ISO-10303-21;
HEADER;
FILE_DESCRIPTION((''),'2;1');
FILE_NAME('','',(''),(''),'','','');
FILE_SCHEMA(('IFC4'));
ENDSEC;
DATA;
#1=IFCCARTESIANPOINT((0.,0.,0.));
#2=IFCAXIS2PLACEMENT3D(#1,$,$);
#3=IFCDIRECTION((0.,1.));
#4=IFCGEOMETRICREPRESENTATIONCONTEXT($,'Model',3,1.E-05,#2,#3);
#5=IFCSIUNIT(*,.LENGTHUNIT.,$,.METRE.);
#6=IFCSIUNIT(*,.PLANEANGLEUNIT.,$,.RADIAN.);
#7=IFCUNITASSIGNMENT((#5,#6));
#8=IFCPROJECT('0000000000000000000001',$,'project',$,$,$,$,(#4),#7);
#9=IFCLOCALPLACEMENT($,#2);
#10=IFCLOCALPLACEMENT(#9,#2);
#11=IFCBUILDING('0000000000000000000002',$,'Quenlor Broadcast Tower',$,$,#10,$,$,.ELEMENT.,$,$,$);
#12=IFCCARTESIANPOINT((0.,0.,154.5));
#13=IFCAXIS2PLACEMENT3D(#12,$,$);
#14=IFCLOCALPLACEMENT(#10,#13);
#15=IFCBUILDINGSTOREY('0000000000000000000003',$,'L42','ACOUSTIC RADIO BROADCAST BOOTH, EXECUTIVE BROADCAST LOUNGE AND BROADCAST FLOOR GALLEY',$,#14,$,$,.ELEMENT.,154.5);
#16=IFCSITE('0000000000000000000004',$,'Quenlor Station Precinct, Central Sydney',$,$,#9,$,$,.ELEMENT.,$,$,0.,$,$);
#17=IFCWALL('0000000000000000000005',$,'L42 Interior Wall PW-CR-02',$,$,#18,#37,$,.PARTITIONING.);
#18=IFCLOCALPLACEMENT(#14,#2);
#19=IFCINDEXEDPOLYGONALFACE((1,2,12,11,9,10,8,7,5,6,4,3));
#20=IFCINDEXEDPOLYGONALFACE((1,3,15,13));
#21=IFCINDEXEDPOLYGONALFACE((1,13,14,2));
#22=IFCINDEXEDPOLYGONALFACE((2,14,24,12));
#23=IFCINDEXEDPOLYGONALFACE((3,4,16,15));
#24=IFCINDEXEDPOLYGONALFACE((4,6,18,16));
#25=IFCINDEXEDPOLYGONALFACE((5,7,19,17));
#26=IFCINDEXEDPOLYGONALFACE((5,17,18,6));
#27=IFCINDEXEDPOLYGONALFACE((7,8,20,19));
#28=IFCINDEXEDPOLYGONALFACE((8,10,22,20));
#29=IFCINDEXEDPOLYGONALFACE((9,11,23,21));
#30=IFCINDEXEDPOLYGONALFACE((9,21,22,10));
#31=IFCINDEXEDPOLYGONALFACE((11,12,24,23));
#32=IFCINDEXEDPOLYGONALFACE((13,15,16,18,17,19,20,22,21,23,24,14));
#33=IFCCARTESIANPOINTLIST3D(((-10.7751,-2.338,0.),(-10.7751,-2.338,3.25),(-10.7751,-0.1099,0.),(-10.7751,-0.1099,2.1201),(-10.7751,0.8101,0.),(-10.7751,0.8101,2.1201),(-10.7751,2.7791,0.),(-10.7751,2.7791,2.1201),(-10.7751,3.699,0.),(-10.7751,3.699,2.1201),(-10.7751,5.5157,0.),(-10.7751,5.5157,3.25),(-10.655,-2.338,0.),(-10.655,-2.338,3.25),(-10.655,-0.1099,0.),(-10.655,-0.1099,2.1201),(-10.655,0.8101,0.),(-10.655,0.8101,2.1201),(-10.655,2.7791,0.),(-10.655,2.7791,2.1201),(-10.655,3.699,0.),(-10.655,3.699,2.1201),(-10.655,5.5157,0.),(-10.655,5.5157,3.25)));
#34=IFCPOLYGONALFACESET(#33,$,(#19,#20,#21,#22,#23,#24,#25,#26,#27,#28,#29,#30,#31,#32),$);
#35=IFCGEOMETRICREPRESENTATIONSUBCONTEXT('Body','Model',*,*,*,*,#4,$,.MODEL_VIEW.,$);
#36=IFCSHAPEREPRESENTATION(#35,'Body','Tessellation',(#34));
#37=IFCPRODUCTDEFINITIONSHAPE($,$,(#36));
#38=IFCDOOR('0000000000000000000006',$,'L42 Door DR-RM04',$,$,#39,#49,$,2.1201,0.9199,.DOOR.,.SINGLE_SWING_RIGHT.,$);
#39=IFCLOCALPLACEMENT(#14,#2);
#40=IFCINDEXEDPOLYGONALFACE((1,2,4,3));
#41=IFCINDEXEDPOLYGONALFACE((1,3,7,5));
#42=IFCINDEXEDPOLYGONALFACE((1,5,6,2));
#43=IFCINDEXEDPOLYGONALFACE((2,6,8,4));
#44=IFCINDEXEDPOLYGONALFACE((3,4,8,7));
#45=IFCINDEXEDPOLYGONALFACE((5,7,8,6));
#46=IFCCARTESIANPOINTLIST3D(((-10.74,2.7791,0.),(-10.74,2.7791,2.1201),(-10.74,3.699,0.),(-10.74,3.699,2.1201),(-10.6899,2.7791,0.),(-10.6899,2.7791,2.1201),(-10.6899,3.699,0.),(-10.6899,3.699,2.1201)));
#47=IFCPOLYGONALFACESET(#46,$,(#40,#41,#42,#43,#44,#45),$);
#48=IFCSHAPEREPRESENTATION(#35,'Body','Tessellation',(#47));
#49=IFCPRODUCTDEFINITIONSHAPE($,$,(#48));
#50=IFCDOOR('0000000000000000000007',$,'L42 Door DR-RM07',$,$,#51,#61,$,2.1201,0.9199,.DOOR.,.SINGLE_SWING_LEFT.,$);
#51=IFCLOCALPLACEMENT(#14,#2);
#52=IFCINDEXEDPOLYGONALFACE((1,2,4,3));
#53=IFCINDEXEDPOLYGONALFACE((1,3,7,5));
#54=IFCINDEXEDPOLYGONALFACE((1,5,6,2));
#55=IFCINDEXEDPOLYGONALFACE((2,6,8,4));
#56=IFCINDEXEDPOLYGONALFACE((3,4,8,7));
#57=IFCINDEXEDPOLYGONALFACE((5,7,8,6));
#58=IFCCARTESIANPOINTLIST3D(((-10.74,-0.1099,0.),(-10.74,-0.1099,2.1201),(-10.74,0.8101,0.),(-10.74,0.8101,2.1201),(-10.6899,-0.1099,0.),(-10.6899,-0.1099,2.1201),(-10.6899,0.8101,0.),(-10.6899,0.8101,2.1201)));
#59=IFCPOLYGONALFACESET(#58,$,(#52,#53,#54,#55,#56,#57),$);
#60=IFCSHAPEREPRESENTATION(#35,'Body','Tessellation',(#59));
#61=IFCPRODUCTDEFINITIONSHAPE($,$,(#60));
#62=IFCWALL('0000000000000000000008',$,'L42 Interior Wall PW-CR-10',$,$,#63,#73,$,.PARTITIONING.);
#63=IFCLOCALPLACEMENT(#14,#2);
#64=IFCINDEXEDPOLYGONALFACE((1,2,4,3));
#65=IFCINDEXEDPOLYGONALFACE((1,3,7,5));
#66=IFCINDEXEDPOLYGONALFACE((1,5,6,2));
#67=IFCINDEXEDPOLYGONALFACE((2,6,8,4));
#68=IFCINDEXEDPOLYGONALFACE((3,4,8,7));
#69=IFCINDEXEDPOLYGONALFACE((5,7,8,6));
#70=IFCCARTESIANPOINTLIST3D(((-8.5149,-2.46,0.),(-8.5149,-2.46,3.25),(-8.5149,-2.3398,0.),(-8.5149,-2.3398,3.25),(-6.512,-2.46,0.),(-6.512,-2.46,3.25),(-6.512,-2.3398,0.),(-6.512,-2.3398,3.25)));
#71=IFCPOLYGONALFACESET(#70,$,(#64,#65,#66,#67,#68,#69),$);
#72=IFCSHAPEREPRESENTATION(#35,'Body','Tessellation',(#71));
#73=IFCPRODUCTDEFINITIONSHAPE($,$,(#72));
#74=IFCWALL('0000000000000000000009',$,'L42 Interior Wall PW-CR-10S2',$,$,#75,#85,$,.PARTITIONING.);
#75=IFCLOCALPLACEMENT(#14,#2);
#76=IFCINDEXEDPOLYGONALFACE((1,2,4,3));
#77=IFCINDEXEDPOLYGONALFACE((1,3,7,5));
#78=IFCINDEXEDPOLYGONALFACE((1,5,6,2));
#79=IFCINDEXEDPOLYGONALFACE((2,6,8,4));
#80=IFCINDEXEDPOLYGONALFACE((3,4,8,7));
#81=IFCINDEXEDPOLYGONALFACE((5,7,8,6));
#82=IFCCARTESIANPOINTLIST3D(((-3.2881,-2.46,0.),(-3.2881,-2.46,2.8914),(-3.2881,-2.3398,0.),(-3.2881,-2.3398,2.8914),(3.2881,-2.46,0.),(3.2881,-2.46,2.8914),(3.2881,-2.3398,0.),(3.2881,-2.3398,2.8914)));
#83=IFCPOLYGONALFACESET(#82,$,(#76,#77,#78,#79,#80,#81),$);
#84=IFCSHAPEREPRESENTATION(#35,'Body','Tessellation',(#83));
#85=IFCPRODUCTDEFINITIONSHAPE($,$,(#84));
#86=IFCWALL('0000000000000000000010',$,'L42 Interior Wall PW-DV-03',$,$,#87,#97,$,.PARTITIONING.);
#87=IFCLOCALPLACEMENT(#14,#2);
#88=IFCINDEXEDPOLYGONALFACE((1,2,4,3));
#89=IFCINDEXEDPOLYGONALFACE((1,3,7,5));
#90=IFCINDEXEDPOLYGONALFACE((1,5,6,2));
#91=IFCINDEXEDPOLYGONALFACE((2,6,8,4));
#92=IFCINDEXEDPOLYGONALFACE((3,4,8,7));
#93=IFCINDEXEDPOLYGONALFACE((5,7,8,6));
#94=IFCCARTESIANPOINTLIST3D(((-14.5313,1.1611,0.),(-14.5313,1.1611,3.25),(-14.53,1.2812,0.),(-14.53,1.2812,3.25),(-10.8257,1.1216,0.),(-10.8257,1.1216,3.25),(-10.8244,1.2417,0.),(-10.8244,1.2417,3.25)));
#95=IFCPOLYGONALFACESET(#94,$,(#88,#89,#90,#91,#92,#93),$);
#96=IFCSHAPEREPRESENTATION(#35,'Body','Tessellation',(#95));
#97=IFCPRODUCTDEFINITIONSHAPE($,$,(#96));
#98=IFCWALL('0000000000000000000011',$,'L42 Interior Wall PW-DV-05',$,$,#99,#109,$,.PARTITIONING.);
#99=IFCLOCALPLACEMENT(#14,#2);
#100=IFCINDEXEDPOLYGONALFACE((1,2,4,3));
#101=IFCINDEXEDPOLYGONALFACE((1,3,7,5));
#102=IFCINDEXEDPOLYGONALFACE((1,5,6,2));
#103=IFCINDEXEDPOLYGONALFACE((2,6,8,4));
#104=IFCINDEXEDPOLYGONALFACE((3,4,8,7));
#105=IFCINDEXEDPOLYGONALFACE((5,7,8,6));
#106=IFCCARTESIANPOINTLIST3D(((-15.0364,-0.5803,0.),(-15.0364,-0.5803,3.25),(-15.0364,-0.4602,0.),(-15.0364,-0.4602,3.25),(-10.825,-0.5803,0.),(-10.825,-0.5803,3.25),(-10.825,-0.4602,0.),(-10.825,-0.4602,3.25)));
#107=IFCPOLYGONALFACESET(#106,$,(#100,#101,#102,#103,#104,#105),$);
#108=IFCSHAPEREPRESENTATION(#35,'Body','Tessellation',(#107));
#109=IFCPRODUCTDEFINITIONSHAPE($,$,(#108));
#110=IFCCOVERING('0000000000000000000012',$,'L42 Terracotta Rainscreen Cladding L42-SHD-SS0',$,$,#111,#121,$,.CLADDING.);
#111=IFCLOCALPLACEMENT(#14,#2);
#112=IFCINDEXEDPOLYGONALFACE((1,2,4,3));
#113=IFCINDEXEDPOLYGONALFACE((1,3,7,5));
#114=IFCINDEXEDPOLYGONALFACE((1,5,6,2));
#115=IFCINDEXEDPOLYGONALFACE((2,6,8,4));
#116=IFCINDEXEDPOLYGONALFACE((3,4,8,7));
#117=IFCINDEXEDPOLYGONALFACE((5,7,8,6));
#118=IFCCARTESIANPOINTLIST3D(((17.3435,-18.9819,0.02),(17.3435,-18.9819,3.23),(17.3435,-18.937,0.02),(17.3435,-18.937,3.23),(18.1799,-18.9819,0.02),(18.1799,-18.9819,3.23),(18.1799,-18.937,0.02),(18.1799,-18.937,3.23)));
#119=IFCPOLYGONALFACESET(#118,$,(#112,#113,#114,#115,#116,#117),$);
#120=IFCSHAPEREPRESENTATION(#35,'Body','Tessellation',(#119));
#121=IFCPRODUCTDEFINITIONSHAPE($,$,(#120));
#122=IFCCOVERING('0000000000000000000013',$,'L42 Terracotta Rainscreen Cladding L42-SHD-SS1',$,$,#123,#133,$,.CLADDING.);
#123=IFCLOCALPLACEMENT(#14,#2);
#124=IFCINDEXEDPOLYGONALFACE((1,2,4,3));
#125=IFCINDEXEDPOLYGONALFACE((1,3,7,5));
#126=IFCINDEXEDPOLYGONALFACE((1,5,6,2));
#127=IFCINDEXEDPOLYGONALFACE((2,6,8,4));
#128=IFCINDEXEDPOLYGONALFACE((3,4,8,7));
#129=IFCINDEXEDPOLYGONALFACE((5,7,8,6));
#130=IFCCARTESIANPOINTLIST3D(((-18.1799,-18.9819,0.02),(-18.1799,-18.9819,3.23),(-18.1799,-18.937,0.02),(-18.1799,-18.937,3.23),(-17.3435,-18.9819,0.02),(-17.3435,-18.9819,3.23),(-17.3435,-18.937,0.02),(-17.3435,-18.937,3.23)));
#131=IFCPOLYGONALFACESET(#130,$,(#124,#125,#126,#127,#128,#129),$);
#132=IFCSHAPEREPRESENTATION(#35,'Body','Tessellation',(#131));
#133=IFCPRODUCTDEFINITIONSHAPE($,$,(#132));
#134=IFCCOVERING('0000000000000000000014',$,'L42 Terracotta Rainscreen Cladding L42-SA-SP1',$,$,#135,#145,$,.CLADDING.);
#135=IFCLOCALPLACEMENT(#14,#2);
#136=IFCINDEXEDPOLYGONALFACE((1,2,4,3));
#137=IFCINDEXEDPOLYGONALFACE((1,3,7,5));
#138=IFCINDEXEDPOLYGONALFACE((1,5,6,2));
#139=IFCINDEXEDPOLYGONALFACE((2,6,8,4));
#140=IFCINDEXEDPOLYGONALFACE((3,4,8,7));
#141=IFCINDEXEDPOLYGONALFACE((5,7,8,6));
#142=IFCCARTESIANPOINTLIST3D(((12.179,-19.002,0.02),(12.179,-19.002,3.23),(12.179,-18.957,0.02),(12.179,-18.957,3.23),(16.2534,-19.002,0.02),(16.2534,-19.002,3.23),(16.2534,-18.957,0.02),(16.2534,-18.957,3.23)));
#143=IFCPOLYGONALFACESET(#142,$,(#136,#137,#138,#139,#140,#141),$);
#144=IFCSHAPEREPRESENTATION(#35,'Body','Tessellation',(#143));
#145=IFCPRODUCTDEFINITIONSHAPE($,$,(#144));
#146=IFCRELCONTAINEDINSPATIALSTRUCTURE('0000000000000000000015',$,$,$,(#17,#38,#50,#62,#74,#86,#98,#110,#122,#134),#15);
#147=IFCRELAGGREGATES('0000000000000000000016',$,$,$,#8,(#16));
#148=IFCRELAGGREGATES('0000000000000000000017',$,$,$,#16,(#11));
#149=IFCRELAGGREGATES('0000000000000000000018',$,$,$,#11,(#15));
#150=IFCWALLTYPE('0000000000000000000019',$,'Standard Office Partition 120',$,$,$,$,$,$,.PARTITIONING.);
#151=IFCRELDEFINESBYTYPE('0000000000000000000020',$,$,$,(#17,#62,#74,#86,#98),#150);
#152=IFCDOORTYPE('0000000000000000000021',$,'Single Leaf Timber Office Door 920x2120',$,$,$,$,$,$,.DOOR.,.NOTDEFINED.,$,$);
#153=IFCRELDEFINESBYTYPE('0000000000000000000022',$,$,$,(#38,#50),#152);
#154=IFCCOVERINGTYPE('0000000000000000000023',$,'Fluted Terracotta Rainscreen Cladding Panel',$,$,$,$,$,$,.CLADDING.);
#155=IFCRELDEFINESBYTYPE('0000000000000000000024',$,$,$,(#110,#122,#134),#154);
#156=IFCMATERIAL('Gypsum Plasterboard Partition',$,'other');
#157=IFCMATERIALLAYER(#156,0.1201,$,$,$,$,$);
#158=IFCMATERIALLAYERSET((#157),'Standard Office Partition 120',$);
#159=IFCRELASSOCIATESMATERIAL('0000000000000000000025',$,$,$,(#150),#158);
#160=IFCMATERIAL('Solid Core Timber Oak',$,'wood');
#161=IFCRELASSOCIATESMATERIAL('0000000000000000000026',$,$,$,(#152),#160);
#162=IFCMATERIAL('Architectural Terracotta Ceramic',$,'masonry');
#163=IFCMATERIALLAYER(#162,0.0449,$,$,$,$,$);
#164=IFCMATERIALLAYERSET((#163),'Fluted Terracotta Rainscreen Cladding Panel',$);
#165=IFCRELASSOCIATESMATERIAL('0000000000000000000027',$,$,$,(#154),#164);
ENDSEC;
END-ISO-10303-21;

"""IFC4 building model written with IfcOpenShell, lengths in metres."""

from ifc_helpers import new_model, si_unit, direction, frame, frame_2d, origin, place, context, subcontext, project, spatial, polyline, rectangle, outline, extrude, material, layer, layer_set, type_object, element, fill, save


model = new_model("IFC4")

# Units and contexts
model_context = context("Model", 3, precision=1e-05, world=origin(), true_north=direction((0.0, 1.0)))
body_context = subcontext(model_context, "Body", "Model", "MODEL_VIEW")
ifc_project = project(units=[si_unit("LENGTHUNIT", "METRE"), si_unit("PLANEANGLEUNIT", "RADIAN")], contexts=[model_context])

# Site, building, storey
site_placement = place(None, origin())
site = spatial("IfcSite", under=ifc_project, at=site_placement, Name="Quenlor Station Precinct, Central Sydney", CompositionType="ELEMENT", RefElevation=0.0)
building_placement = place(site_placement, origin())
building = spatial("IfcBuilding", under=site, at=building_placement, Name="Quenlor Broadcast Tower", CompositionType="ELEMENT")
storey_placement = place(building_placement, frame((0.0, 0.0, 154.5)))
storey = spatial("IfcBuildingStorey", under=building, at=storey_placement, Name="L42", Description="ACOUSTIC RADIO BROADCAST BOOTH, EXECUTIVE BROADCAST LOUNGE AND BROADCAST FLOOR GALLEY", CompositionType="ELEMENT", Elevation=154.5)

# Shared definitions
ifc_material_1 = material(Name="Gypsum Plasterboard Partition", Category="other")
ifc_layer_1 = layer(ifc_material_1, 0.1201)
ifc_layer_set_1 = layer_set([ifc_layer_1], Name="Standard Office Partition 120")
wall_type = type_object("IfcWallType", Name="Standard Office Partition 120", PredefinedType="PARTITIONING", material=ifc_layer_set_1)

# Wall, openings, doors
wall_1_placement = place(storey_placement, frame((-10.7151, -2.3379, 0.0), z_axis=(0.0, 0.0, 1.0), x_axis=(0.0, 1.0, 0.0)))
wall_1 = element("IfcWall", 1, at=wall_1_placement, inside=storey, type_object=wall_type, Name="L42 Interior Wall PW-CR-02", PredefinedType="PARTITIONING", context=body_context, shape_type="SweptSolid", body=[
    extrude(rectangle(XDim=7.8538, YDim=0.1201, at=frame_2d((3.9268, 0.0))), origin(), (0.0, 0.0, 1.0), 3.25),
])
opening_1_placement = place(wall_1_placement, frame((5.1169, 0.0, 0.0)))
opening_1 = element("IfcOpeningElement", 2, at=opening_1_placement, cuts=wall_1, PredefinedType="OPENING", context=body_context, shape_type="SweptSolid", body=[
    extrude(rectangle(XDim=0.9199, YDim=2.1201, at=frame_2d((0.46, 1.0601))), frame((0.0, 0.0701, 0.0), z_axis=(0.0, -1.0, 0.0), x_axis=(1.0, 0.0, 0.0)), (0.0, 0.0, 1.0), 0.1401),
])
opening_2_placement = place(wall_1_placement, frame((2.228, 0.0, 0.0)))
opening_2 = element("IfcOpeningElement", 3, at=opening_2_placement, cuts=wall_1, PredefinedType="OPENING", context=body_context, shape_type="SweptSolid", body=[
    extrude(rectangle(XDim=0.9199, YDim=2.1201, at=frame_2d((0.46, 1.0601))), frame((0.0, 0.0701, 0.0), z_axis=(0.0, -1.0, 0.0), x_axis=(1.0, 0.0, 0.0)), (0.0, 0.0, 1.0), 0.1401),
])
ifc_material_2 = material(Name="Solid Core Timber Oak", Category="wood")
door_type_1 = type_object("IfcDoorType", Name="Single Leaf Timber Office Door 920x2120", OperationType="NOTDEFINED", PredefinedType="DOOR", material=ifc_material_2)
door_1_placement = place(opening_1_placement, origin())
door_1 = element("IfcDoor", 4, at=door_1_placement, inside=storey, type_object=door_type_1, Name="L42 Door DR-RM04", OperationType="SINGLE_SWING_RIGHT", OverallHeight=2.1201, OverallWidth=0.9199, PredefinedType="DOOR", context=body_context, shape_type="SweptSolid", body=[
    extrude(rectangle(XDim=0.9199, YDim=2.1201, at=frame_2d((0.46, 1.0601))), frame((0.0, 0.0249, 0.0), z_axis=(0.0, -1.0, 0.0), x_axis=(1.0, 0.0, 0.0)), (0.0, 0.0, 1.0), 0.05),
])
fill(opening_1, door_1)
door_2_placement = place(opening_2_placement, origin())
door_2 = element("IfcDoor", 5, at=door_2_placement, inside=storey, type_object=door_type_1, Name="L42 Door DR-RM07", OperationType="SINGLE_SWING_LEFT", OverallHeight=2.1201, OverallWidth=0.9199, PredefinedType="DOOR", context=body_context, shape_type="SweptSolid", body=[
    extrude(rectangle(XDim=0.9199, YDim=2.1201, at=frame_2d((0.46, 1.0601))), frame((0.0, 0.0249, 0.0), z_axis=(0.0, -1.0, 0.0), x_axis=(1.0, 0.0, 0.0)), (0.0, 0.0, 1.0), 0.05),
])
fill(opening_2, door_2)

# Walls
wall_2_placement = place(storey_placement, frame((-8.5149, -2.3999, 0.0), z_axis=(0.0, 0.0, 1.0), x_axis=(1.0, 0.0, 0.0)))
element("IfcWall", 6, at=wall_2_placement, inside=storey, type_object=wall_type, Name="L42 Interior Wall PW-CR-10", PredefinedType="PARTITIONING", context=body_context, shape_type="SweptSolid", body=[
    extrude(rectangle(XDim=2.0029, YDim=0.1201, at=frame_2d((1.0015, 0.0))), origin(), (0.0, 0.0, 1.0), 3.25),
])
wall_3_placement = place(storey_placement, frame((-3.2881, -2.3999, 0.0), z_axis=(0.0, 0.0, 1.0), x_axis=(1.0, 0.0, 0.0)))
element("IfcWall", 7, at=wall_3_placement, inside=storey, type_object=wall_type, Name="L42 Interior Wall PW-CR-10S2", PredefinedType="PARTITIONING", context=body_context, shape_type="SweptSolid", body=[
    extrude(rectangle(XDim=6.5762, YDim=0.1201, at=frame_2d((3.2881, 0.0))), origin(), (0.0, 0.0, 1.0), 2.8914),
])
wall_4_placement = place(storey_placement, frame((-10.825, 1.1816, 0.0), z_axis=(0.0, 0.0, 1.0), x_axis=(-0.999943, 0.010673, 0.0)))
element("IfcWall", 8, at=wall_4_placement, inside=storey, type_object=wall_type, Name="L42 Interior Wall PW-DV-03", PredefinedType="PARTITIONING", context=body_context, shape_type="SweptSolid", body=[
    extrude(rectangle(XDim=3.7058, YDim=0.1201, at=frame_2d((1.853, 0.0))), origin(), (0.0, 0.0, 1.0), 3.25),
])
wall_5_placement = place(storey_placement, frame((-10.825, -0.5203, 0.0), z_axis=(0.0, 0.0, 1.0), x_axis=(-1.0, 0.0, 0.0)))
element("IfcWall", 9, at=wall_5_placement, inside=storey, type_object=wall_type, Name="L42 Interior Wall PW-DV-05", PredefinedType="PARTITIONING", context=body_context, shape_type="SweptSolid", body=[
    extrude(rectangle(XDim=4.2114, YDim=0.1201, at=frame_2d((2.1057, 0.0))), origin(), (0.0, 0.0, 1.0), 3.25),
])

# Coverings
ifc_material_3 = material(Name="Architectural Terracotta Ceramic", Category="masonry")
ifc_layer_2 = layer(ifc_material_3, 0.0449)
ifc_layer_set_2 = layer_set([ifc_layer_2], Name="Fluted Terracotta Rainscreen Cladding Panel")
covering_type = type_object("IfcCoveringType", Name="Fluted Terracotta Rainscreen Cladding Panel", PredefinedType="CLADDING", material=ifc_layer_set_2)
covering_1_placement = place(storey_placement, frame((0.0, 0.0, 0.02)))
element("IfcCovering", 10, at=covering_1_placement, inside=storey, type_object=covering_type, Name="L42 Terracotta Rainscreen Cladding L42-SHD-SS0", PredefinedType="CLADDING", context=body_context, shape_type="SweptSolid", body=[
    extrude(outline(polyline([(18.1799, -18.937), (17.3435, -18.937), (17.3435, -18.9819), (18.1799, -18.9819), (18.1799, -18.937)])), origin(), (0.0, 0.0, 1.0), 3.21),
])
covering_2_placement = place(storey_placement, frame((0.0, 0.0, 0.02)))
element("IfcCovering", 11, at=covering_2_placement, inside=storey, type_object=covering_type, Name="L42 Terracotta Rainscreen Cladding L42-SHD-SS1", PredefinedType="CLADDING", context=body_context, shape_type="SweptSolid", body=[
    extrude(outline(polyline([(-17.3435, -18.937), (-18.1799, -18.937), (-18.1799, -18.9819), (-17.3435, -18.9819), (-17.3435, -18.937)])), origin(), (0.0, 0.0, 1.0), 3.21),
])
covering_3_placement = place(storey_placement, frame((0.0, 0.0, 0.02)))
element("IfcCovering", 12, at=covering_3_placement, inside=storey, type_object=covering_type, Name="L42 Terracotta Rainscreen Cladding L42-SA-SP1", PredefinedType="CLADDING", context=body_context, shape_type="SweptSolid", body=[
    extrude(outline(polyline([(16.2534, -18.957), (12.179, -18.957), (12.179, -19.002), (16.2534, -19.002), (16.2534, -18.957)])), origin(), (0.0, 0.0, 1.0), 3.21),
])

save(model, "model.ifc")
